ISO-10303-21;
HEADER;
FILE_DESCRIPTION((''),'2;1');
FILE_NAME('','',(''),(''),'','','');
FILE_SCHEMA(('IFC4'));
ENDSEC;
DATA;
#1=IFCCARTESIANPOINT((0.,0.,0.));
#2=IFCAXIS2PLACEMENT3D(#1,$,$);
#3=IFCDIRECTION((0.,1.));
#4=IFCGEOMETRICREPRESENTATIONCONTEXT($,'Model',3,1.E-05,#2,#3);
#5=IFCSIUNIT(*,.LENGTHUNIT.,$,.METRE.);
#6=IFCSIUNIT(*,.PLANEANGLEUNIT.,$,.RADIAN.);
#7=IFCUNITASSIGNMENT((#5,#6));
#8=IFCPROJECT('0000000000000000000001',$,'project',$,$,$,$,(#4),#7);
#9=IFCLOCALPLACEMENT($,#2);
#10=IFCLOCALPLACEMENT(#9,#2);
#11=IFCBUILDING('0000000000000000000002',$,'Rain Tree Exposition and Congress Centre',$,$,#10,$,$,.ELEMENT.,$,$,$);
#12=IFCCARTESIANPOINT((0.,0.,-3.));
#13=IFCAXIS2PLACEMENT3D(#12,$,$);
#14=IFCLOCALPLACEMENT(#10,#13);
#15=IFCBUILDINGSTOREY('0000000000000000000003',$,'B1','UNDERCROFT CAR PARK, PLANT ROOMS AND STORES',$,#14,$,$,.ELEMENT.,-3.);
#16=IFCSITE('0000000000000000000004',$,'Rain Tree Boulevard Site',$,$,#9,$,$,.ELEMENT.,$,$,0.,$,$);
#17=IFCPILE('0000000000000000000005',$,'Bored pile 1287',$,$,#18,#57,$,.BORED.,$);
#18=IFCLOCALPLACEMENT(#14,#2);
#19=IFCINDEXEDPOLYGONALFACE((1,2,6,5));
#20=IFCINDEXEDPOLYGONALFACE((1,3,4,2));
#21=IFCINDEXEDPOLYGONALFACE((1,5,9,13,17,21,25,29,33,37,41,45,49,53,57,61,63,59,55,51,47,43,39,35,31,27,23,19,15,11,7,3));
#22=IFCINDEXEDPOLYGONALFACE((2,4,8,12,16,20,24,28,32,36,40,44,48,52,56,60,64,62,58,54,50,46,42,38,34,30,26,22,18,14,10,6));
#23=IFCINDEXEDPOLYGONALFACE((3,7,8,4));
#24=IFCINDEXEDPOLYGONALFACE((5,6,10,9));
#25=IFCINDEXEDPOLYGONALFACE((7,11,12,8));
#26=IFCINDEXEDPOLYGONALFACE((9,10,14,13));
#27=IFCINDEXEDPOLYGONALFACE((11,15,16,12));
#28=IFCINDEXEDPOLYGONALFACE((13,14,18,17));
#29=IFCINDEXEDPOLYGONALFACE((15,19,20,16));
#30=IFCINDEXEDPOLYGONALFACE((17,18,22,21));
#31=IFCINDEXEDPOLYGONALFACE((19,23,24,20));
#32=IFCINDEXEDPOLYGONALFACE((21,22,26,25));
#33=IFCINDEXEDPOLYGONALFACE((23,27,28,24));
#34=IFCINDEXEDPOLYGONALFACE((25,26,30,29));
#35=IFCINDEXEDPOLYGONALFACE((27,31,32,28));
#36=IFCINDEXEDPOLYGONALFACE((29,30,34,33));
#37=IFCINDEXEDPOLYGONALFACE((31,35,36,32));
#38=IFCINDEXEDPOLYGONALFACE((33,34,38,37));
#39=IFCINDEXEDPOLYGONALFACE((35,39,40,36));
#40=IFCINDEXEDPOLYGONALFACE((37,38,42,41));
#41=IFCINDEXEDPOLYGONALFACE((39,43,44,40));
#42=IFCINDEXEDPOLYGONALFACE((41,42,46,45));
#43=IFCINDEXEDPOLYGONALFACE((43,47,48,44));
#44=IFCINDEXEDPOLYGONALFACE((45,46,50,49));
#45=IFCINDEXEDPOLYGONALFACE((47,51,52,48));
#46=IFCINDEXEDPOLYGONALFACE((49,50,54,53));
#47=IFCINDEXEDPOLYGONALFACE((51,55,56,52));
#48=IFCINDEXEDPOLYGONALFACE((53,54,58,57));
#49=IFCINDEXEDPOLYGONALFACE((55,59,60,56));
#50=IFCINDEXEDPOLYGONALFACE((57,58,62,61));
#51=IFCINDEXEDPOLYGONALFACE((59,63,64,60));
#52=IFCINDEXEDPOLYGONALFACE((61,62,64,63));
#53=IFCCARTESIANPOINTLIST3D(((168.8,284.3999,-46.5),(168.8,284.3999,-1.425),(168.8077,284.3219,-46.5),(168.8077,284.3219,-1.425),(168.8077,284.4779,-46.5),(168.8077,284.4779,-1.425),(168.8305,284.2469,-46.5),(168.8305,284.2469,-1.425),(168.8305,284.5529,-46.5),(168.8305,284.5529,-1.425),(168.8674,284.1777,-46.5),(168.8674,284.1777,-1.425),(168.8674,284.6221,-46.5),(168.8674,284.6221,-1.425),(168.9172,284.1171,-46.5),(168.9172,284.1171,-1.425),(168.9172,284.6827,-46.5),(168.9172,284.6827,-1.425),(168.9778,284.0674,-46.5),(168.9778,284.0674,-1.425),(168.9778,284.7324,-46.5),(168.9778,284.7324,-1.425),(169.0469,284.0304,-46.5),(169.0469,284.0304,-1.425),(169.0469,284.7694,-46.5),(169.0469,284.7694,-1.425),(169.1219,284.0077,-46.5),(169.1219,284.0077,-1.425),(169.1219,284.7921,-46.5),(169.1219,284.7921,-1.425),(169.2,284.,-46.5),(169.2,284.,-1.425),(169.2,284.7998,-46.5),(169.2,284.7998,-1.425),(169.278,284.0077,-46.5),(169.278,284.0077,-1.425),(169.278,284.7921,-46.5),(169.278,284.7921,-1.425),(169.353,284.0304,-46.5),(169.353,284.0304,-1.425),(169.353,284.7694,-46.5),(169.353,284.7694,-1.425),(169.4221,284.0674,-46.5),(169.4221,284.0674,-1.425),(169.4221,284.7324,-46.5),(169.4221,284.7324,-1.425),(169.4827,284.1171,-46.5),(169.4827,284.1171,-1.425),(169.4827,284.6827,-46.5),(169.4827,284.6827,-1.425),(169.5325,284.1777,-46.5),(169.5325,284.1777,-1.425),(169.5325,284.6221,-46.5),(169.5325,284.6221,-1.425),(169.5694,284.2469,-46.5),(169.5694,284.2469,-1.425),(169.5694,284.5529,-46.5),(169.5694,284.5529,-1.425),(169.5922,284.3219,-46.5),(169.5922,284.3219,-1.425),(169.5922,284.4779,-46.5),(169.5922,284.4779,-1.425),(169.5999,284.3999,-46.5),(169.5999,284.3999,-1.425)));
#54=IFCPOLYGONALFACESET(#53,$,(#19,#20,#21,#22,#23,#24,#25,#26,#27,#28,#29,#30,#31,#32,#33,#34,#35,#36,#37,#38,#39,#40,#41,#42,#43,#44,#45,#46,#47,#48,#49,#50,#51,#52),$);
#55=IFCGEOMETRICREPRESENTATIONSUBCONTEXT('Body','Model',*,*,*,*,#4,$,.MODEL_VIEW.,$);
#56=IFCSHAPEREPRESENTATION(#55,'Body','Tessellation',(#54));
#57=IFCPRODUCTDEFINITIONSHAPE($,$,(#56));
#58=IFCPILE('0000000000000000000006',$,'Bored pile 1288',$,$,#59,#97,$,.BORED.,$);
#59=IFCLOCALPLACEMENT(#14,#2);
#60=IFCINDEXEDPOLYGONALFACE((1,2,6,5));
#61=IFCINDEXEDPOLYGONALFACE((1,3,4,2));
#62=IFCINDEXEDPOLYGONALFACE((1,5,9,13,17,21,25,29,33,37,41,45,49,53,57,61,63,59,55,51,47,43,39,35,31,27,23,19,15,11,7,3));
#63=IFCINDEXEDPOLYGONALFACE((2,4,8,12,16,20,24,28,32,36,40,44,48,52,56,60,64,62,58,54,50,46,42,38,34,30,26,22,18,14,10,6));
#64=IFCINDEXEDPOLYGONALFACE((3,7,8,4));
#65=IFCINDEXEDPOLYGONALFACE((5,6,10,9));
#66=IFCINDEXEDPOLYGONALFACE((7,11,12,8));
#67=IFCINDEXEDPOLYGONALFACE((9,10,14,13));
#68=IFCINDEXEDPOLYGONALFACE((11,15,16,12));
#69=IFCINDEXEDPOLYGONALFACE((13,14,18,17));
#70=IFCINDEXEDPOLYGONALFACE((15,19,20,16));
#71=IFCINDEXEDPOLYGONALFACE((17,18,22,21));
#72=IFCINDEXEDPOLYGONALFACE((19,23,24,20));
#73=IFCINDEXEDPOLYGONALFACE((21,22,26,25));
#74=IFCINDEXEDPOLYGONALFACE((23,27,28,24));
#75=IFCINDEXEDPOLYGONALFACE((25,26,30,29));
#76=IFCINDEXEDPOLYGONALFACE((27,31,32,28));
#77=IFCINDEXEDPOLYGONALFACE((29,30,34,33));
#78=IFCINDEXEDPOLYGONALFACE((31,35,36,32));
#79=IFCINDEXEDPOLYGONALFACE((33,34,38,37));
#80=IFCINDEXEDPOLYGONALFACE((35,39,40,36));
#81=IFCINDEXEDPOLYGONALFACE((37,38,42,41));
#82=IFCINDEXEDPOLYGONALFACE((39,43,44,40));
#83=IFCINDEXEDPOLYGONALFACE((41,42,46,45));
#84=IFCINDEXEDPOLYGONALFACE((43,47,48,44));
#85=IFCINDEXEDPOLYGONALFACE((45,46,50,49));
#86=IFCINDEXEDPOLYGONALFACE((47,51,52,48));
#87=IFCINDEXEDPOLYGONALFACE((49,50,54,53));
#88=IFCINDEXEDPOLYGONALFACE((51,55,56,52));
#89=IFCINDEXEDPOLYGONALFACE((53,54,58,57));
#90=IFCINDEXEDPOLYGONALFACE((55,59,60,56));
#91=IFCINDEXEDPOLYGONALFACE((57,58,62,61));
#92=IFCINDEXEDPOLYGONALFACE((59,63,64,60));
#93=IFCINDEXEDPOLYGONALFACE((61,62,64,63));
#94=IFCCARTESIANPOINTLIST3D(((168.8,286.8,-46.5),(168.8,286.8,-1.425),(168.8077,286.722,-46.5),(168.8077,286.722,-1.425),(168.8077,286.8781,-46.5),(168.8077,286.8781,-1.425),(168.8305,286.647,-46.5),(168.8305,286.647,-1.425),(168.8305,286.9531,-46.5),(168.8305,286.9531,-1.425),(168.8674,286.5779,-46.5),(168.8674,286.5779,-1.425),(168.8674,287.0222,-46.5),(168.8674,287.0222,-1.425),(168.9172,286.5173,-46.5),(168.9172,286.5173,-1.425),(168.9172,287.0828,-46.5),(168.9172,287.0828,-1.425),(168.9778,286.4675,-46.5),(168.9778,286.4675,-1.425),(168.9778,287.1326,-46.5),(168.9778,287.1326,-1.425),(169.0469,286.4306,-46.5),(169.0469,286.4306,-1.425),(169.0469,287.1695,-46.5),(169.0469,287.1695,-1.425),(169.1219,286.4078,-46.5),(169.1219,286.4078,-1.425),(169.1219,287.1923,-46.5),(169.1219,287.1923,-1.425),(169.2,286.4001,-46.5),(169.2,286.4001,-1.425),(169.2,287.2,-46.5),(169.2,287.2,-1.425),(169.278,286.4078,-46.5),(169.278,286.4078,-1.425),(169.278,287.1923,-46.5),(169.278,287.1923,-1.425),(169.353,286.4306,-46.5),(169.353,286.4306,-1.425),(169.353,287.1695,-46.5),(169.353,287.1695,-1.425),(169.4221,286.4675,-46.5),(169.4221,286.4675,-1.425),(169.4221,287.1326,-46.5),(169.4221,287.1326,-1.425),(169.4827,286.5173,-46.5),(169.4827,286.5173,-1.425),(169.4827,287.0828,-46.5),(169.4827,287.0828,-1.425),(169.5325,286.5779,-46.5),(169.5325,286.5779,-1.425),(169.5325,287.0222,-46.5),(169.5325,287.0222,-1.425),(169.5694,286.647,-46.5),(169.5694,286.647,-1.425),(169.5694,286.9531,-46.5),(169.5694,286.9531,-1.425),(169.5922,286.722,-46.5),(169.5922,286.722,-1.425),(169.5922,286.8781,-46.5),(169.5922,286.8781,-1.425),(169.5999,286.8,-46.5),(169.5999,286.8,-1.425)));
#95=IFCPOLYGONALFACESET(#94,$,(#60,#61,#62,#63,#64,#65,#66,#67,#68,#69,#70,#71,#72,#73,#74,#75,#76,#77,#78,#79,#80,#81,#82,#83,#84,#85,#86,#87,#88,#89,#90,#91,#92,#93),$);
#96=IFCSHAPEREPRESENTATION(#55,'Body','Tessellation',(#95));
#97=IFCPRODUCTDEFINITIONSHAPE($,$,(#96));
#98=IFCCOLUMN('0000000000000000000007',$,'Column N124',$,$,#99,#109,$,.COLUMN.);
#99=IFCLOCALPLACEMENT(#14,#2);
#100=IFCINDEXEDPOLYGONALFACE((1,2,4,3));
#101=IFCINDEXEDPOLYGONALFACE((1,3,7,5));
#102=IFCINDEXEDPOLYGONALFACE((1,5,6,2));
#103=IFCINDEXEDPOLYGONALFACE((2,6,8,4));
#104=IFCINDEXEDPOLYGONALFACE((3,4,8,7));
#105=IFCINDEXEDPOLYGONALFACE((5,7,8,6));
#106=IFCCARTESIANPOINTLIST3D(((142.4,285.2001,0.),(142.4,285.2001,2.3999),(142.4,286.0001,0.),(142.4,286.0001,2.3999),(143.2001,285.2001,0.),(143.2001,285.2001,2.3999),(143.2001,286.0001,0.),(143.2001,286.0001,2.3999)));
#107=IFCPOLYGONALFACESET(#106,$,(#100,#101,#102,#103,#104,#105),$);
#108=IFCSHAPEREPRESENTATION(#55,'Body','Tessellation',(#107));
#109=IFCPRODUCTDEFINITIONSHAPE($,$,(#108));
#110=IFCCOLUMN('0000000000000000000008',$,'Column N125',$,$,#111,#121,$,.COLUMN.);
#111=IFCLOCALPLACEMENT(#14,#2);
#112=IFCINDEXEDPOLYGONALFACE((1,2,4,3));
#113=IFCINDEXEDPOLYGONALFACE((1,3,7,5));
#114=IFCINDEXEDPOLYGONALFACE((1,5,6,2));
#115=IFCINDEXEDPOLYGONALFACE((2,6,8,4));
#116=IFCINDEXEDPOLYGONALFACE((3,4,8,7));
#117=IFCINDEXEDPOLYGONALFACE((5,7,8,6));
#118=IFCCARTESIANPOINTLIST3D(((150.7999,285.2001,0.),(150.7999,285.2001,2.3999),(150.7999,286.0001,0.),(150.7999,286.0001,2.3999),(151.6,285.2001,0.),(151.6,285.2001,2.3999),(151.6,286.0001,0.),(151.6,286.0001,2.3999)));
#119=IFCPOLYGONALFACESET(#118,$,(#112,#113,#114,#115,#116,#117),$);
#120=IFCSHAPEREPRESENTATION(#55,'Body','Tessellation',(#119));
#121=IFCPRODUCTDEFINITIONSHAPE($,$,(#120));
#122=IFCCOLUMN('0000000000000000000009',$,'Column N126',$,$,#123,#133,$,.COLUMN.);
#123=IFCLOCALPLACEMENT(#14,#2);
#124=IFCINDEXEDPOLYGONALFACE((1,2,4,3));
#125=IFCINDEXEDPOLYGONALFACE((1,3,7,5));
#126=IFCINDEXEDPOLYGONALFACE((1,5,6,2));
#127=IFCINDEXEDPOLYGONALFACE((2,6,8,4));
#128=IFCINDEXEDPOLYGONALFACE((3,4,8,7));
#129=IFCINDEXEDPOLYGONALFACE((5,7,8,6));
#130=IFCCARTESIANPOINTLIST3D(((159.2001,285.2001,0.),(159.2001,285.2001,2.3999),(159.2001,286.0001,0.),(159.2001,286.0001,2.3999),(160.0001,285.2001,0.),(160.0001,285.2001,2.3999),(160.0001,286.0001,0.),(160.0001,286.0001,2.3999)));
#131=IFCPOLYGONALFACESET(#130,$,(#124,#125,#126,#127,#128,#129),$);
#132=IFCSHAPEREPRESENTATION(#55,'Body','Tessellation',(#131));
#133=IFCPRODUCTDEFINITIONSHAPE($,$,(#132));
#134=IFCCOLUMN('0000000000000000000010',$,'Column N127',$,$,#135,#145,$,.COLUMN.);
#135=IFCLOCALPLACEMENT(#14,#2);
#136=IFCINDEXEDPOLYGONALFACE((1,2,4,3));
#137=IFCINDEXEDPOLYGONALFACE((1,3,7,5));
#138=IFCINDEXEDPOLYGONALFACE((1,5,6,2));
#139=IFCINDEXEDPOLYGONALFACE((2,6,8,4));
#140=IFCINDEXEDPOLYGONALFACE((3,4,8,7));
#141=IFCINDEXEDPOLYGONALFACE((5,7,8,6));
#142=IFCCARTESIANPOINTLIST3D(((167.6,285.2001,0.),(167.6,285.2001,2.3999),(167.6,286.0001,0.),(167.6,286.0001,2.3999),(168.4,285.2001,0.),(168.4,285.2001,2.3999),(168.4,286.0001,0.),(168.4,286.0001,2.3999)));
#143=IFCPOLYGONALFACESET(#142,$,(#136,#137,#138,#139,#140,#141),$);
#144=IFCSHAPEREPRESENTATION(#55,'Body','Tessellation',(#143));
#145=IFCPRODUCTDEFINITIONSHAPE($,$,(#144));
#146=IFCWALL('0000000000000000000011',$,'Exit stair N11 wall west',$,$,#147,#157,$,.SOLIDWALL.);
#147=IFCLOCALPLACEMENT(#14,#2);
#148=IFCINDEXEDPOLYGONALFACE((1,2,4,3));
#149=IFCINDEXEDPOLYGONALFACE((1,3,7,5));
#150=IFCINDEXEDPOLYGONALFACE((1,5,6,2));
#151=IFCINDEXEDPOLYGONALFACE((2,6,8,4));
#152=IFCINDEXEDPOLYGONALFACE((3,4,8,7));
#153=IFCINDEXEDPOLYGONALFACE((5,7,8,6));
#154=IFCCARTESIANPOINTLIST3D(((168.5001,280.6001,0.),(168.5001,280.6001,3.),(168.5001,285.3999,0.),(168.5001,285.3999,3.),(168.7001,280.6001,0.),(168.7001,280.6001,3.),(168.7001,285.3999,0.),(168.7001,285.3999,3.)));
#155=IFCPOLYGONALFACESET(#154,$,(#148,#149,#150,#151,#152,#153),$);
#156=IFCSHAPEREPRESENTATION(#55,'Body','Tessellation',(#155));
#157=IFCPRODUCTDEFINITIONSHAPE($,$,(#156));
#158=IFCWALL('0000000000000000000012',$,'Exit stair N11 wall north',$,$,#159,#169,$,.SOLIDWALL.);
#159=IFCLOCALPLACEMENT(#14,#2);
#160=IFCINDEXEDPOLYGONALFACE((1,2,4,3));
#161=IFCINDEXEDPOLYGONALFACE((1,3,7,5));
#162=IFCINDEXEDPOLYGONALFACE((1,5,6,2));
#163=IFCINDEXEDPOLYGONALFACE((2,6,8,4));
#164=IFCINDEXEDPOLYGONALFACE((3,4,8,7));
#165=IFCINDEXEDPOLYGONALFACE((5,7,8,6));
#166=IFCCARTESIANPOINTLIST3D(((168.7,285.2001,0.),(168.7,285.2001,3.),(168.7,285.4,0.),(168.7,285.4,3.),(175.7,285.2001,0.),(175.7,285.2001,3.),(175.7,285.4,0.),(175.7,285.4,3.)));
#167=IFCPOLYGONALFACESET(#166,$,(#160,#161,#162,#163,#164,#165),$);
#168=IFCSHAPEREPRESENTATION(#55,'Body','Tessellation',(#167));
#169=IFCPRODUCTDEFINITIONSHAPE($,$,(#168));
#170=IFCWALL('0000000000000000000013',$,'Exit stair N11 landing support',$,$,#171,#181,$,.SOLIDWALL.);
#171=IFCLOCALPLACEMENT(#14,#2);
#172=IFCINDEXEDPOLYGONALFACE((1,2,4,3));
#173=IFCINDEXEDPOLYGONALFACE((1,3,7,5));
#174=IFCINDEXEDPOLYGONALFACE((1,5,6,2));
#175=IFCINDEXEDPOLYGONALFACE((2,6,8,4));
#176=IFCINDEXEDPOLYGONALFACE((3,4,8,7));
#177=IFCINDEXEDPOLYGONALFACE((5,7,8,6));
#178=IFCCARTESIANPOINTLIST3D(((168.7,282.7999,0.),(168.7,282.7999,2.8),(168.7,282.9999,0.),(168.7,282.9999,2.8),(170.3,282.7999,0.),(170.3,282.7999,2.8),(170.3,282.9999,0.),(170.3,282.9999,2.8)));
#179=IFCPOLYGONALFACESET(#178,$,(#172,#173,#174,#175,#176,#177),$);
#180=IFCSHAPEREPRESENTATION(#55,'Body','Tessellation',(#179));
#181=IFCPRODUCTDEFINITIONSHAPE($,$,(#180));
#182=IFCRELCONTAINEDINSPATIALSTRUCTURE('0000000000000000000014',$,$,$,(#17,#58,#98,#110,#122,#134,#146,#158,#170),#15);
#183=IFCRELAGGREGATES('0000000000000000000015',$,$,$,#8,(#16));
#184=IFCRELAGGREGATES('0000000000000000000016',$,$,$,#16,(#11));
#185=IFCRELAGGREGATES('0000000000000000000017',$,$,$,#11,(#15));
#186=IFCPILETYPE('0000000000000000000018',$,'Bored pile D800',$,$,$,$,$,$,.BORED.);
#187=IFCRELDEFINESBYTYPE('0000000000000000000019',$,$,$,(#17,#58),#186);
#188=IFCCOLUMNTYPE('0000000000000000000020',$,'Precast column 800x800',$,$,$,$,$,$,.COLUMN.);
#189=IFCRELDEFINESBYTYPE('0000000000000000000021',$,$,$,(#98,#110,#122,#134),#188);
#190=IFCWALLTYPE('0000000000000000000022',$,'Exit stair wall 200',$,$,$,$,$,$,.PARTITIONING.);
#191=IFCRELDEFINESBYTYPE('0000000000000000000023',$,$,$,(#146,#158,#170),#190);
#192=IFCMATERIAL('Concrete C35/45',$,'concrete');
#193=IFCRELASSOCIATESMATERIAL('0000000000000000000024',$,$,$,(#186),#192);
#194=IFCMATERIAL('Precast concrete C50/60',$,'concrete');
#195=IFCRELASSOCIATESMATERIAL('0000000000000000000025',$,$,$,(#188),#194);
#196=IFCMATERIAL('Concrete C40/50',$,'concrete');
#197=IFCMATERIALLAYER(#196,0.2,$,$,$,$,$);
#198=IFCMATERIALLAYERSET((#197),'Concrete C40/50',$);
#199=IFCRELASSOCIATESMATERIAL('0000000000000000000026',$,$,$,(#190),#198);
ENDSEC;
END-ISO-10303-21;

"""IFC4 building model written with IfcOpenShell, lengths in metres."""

from ifc_helpers import new_model, si_unit, direction, frame, frame_2d, origin, origin_2d, place, context, subcontext, project, spatial, rectangle, circle, extrude, material, layer, layer_set, material_profile, profile_set, type_object, element, save


model = new_model("IFC4")

# Units and contexts
model_context = context("Model", 3, precision=1e-05, world=origin(), true_north=direction((0.0, 1.0)))
body_context = subcontext(model_context, "Body", "Model", "MODEL_VIEW")
ifc_project = project(units=[si_unit("LENGTHUNIT", "METRE"), si_unit("PLANEANGLEUNIT", "RADIAN")], contexts=[model_context])

# Site, building, storey
site_placement = place(None, origin())
site = spatial("IfcSite", under=ifc_project, at=site_placement, Name="Rain Tree Boulevard Site", CompositionType="ELEMENT", RefElevation=0.0)
building_placement = place(site_placement, origin())
building = spatial("IfcBuilding", under=site, at=building_placement, Name="Rain Tree Exposition and Congress Centre", CompositionType="ELEMENT")
storey_placement = place(building_placement, frame((0.0, 0.0, -3.0)))
storey = spatial("IfcBuildingStorey", under=building, at=storey_placement, Name="B1", Description="UNDERCROFT CAR PARK, PLANT ROOMS AND STORES", CompositionType="ELEMENT", Elevation=-3.0)

# Piles
ifc_material_1 = material(Name="Concrete C35/45", Category="concrete")
ifc_material_profile_1 = material_profile(ifc_material_1, circle(Radius=0.3999, at=origin_2d()), Name="D800")
ifc_profile_set_1 = profile_set([ifc_material_profile_1], Name="Concrete C35/45")
pile_type_1 = type_object("IfcPileType", Name="Bored pile D800", PredefinedType="BORED", material=ifc_profile_set_1)
for number, where, z_axis, x_axis, name in (
    (1, (169.2, 284.3999, -1.425), (0.0, 0.0, -1.0), (1.0, 0.0, 0.0), "Bored pile 1287"),
    (2, (169.2, 286.8, -1.425), (0.0, 0.0, -1.0), (1.0, 0.0, 0.0), "Bored pile 1288"),
):
    element("IfcPile", number, at=place(storey_placement, frame(where, z_axis=z_axis, x_axis=x_axis)), inside=storey, type_object=pile_type_1, Name=name, PredefinedType="BORED", context=body_context, shape_type="SweptSolid", body=[
        extrude(circle(Radius=0.3999, at=origin_2d()), origin(), (0.0, 0.0, 1.0), 45.075),
    ])

# Columns
ifc_material_2 = material(Name="Precast concrete C50/60", Category="concrete")
ifc_material_profile_2 = material_profile(ifc_material_2, rectangle(XDim=0.8, YDim=0.8, at=origin_2d()), Name="RC 800x800")
ifc_profile_set_2 = profile_set([ifc_material_profile_2], Name="Precast concrete C50/60")
column_type = type_object("IfcColumnType", Name="Precast column 800x800", PredefinedType="COLUMN", material=ifc_profile_set_2)
for number, where, z_axis, x_axis, name in (
    (3, (142.8, 285.6001, 0.0), (0.0, 0.0, 1.0), (1.0, 0.0, 0.0), "Column N124"),
    (4, (151.2, 285.6001, 0.0), (0.0, 0.0, 1.0), (1.0, 0.0, 0.0), "Column N125"),
    (5, (159.6001, 285.6001, 0.0), (0.0, 0.0, 1.0), (1.0, 0.0, 0.0), "Column N126"),
    (6, (168.0, 285.6001, 0.0), (0.0, 0.0, 1.0), (1.0, 0.0, 0.0), "Column N127"),
):
    element("IfcColumn", number, at=place(storey_placement, frame(where, z_axis=z_axis, x_axis=x_axis)), inside=storey, type_object=column_type, Name=name, PredefinedType="COLUMN", context=body_context, shape_type="SweptSolid", body=[
        extrude(rectangle(XDim=0.8, YDim=0.8, at=origin_2d()), origin(), (0.0, 0.0, 1.0), 2.3999),
    ])

# Wall
ifc_material_3 = material(Name="Concrete C40/50", Category="concrete")
ifc_layer = layer(ifc_material_3, 0.2)
ifc_layer_set = layer_set([ifc_layer], Name="Concrete C40/50")
wall_type = type_object("IfcWallType", Name="Exit stair wall 200", PredefinedType="PARTITIONING", material=ifc_layer_set)
wall_1_placement = place(storey_placement, frame((168.6001, 280.6001, 0.0), z_axis=(0.0, 0.0, 1.0), x_axis=(0.0, 1.0, 0.0)))
element("IfcWall", 7, at=wall_1_placement, inside=storey, type_object=wall_type, Name="Exit stair N11 wall west", PredefinedType="SOLIDWALL", context=body_context, shape_type="SweptSolid", body=[
    extrude(rectangle(XDim=4.7998, YDim=0.2, at=frame_2d((2.3999, 0.0))), origin(), (0.0, 0.0, 1.0), 3.0),
])

# Walls
wall_2_placement = place(storey_placement, frame((168.7, 285.3, 0.0), z_axis=(0.0, 0.0, 1.0), x_axis=(1.0, 0.0, 0.0)))
element("IfcWall", 8, at=wall_2_placement, inside=storey, type_object=wall_type, Name="Exit stair N11 wall north", PredefinedType="SOLIDWALL", context=body_context, shape_type="SweptSolid", body=[
    extrude(rectangle(XDim=7.0, YDim=0.2, at=frame_2d((3.5, 0.0))), origin(), (0.0, 0.0, 1.0), 3.0),
])
wall_3_placement = place(storey_placement, frame((168.7, 282.8999, 0.0), z_axis=(0.0, 0.0, 1.0), x_axis=(1.0, 0.0, 0.0)))
element("IfcWall", 9, at=wall_3_placement, inside=storey, type_object=wall_type, Name="Exit stair N11 landing support", PredefinedType="SOLIDWALL", context=body_context, shape_type="SweptSolid", body=[
    extrude(rectangle(XDim=1.6001, YDim=0.2, at=frame_2d((0.8, 0.0))), origin(), (0.0, 0.0, 1.0), 2.8),
])

save(model, "model.ifc")
